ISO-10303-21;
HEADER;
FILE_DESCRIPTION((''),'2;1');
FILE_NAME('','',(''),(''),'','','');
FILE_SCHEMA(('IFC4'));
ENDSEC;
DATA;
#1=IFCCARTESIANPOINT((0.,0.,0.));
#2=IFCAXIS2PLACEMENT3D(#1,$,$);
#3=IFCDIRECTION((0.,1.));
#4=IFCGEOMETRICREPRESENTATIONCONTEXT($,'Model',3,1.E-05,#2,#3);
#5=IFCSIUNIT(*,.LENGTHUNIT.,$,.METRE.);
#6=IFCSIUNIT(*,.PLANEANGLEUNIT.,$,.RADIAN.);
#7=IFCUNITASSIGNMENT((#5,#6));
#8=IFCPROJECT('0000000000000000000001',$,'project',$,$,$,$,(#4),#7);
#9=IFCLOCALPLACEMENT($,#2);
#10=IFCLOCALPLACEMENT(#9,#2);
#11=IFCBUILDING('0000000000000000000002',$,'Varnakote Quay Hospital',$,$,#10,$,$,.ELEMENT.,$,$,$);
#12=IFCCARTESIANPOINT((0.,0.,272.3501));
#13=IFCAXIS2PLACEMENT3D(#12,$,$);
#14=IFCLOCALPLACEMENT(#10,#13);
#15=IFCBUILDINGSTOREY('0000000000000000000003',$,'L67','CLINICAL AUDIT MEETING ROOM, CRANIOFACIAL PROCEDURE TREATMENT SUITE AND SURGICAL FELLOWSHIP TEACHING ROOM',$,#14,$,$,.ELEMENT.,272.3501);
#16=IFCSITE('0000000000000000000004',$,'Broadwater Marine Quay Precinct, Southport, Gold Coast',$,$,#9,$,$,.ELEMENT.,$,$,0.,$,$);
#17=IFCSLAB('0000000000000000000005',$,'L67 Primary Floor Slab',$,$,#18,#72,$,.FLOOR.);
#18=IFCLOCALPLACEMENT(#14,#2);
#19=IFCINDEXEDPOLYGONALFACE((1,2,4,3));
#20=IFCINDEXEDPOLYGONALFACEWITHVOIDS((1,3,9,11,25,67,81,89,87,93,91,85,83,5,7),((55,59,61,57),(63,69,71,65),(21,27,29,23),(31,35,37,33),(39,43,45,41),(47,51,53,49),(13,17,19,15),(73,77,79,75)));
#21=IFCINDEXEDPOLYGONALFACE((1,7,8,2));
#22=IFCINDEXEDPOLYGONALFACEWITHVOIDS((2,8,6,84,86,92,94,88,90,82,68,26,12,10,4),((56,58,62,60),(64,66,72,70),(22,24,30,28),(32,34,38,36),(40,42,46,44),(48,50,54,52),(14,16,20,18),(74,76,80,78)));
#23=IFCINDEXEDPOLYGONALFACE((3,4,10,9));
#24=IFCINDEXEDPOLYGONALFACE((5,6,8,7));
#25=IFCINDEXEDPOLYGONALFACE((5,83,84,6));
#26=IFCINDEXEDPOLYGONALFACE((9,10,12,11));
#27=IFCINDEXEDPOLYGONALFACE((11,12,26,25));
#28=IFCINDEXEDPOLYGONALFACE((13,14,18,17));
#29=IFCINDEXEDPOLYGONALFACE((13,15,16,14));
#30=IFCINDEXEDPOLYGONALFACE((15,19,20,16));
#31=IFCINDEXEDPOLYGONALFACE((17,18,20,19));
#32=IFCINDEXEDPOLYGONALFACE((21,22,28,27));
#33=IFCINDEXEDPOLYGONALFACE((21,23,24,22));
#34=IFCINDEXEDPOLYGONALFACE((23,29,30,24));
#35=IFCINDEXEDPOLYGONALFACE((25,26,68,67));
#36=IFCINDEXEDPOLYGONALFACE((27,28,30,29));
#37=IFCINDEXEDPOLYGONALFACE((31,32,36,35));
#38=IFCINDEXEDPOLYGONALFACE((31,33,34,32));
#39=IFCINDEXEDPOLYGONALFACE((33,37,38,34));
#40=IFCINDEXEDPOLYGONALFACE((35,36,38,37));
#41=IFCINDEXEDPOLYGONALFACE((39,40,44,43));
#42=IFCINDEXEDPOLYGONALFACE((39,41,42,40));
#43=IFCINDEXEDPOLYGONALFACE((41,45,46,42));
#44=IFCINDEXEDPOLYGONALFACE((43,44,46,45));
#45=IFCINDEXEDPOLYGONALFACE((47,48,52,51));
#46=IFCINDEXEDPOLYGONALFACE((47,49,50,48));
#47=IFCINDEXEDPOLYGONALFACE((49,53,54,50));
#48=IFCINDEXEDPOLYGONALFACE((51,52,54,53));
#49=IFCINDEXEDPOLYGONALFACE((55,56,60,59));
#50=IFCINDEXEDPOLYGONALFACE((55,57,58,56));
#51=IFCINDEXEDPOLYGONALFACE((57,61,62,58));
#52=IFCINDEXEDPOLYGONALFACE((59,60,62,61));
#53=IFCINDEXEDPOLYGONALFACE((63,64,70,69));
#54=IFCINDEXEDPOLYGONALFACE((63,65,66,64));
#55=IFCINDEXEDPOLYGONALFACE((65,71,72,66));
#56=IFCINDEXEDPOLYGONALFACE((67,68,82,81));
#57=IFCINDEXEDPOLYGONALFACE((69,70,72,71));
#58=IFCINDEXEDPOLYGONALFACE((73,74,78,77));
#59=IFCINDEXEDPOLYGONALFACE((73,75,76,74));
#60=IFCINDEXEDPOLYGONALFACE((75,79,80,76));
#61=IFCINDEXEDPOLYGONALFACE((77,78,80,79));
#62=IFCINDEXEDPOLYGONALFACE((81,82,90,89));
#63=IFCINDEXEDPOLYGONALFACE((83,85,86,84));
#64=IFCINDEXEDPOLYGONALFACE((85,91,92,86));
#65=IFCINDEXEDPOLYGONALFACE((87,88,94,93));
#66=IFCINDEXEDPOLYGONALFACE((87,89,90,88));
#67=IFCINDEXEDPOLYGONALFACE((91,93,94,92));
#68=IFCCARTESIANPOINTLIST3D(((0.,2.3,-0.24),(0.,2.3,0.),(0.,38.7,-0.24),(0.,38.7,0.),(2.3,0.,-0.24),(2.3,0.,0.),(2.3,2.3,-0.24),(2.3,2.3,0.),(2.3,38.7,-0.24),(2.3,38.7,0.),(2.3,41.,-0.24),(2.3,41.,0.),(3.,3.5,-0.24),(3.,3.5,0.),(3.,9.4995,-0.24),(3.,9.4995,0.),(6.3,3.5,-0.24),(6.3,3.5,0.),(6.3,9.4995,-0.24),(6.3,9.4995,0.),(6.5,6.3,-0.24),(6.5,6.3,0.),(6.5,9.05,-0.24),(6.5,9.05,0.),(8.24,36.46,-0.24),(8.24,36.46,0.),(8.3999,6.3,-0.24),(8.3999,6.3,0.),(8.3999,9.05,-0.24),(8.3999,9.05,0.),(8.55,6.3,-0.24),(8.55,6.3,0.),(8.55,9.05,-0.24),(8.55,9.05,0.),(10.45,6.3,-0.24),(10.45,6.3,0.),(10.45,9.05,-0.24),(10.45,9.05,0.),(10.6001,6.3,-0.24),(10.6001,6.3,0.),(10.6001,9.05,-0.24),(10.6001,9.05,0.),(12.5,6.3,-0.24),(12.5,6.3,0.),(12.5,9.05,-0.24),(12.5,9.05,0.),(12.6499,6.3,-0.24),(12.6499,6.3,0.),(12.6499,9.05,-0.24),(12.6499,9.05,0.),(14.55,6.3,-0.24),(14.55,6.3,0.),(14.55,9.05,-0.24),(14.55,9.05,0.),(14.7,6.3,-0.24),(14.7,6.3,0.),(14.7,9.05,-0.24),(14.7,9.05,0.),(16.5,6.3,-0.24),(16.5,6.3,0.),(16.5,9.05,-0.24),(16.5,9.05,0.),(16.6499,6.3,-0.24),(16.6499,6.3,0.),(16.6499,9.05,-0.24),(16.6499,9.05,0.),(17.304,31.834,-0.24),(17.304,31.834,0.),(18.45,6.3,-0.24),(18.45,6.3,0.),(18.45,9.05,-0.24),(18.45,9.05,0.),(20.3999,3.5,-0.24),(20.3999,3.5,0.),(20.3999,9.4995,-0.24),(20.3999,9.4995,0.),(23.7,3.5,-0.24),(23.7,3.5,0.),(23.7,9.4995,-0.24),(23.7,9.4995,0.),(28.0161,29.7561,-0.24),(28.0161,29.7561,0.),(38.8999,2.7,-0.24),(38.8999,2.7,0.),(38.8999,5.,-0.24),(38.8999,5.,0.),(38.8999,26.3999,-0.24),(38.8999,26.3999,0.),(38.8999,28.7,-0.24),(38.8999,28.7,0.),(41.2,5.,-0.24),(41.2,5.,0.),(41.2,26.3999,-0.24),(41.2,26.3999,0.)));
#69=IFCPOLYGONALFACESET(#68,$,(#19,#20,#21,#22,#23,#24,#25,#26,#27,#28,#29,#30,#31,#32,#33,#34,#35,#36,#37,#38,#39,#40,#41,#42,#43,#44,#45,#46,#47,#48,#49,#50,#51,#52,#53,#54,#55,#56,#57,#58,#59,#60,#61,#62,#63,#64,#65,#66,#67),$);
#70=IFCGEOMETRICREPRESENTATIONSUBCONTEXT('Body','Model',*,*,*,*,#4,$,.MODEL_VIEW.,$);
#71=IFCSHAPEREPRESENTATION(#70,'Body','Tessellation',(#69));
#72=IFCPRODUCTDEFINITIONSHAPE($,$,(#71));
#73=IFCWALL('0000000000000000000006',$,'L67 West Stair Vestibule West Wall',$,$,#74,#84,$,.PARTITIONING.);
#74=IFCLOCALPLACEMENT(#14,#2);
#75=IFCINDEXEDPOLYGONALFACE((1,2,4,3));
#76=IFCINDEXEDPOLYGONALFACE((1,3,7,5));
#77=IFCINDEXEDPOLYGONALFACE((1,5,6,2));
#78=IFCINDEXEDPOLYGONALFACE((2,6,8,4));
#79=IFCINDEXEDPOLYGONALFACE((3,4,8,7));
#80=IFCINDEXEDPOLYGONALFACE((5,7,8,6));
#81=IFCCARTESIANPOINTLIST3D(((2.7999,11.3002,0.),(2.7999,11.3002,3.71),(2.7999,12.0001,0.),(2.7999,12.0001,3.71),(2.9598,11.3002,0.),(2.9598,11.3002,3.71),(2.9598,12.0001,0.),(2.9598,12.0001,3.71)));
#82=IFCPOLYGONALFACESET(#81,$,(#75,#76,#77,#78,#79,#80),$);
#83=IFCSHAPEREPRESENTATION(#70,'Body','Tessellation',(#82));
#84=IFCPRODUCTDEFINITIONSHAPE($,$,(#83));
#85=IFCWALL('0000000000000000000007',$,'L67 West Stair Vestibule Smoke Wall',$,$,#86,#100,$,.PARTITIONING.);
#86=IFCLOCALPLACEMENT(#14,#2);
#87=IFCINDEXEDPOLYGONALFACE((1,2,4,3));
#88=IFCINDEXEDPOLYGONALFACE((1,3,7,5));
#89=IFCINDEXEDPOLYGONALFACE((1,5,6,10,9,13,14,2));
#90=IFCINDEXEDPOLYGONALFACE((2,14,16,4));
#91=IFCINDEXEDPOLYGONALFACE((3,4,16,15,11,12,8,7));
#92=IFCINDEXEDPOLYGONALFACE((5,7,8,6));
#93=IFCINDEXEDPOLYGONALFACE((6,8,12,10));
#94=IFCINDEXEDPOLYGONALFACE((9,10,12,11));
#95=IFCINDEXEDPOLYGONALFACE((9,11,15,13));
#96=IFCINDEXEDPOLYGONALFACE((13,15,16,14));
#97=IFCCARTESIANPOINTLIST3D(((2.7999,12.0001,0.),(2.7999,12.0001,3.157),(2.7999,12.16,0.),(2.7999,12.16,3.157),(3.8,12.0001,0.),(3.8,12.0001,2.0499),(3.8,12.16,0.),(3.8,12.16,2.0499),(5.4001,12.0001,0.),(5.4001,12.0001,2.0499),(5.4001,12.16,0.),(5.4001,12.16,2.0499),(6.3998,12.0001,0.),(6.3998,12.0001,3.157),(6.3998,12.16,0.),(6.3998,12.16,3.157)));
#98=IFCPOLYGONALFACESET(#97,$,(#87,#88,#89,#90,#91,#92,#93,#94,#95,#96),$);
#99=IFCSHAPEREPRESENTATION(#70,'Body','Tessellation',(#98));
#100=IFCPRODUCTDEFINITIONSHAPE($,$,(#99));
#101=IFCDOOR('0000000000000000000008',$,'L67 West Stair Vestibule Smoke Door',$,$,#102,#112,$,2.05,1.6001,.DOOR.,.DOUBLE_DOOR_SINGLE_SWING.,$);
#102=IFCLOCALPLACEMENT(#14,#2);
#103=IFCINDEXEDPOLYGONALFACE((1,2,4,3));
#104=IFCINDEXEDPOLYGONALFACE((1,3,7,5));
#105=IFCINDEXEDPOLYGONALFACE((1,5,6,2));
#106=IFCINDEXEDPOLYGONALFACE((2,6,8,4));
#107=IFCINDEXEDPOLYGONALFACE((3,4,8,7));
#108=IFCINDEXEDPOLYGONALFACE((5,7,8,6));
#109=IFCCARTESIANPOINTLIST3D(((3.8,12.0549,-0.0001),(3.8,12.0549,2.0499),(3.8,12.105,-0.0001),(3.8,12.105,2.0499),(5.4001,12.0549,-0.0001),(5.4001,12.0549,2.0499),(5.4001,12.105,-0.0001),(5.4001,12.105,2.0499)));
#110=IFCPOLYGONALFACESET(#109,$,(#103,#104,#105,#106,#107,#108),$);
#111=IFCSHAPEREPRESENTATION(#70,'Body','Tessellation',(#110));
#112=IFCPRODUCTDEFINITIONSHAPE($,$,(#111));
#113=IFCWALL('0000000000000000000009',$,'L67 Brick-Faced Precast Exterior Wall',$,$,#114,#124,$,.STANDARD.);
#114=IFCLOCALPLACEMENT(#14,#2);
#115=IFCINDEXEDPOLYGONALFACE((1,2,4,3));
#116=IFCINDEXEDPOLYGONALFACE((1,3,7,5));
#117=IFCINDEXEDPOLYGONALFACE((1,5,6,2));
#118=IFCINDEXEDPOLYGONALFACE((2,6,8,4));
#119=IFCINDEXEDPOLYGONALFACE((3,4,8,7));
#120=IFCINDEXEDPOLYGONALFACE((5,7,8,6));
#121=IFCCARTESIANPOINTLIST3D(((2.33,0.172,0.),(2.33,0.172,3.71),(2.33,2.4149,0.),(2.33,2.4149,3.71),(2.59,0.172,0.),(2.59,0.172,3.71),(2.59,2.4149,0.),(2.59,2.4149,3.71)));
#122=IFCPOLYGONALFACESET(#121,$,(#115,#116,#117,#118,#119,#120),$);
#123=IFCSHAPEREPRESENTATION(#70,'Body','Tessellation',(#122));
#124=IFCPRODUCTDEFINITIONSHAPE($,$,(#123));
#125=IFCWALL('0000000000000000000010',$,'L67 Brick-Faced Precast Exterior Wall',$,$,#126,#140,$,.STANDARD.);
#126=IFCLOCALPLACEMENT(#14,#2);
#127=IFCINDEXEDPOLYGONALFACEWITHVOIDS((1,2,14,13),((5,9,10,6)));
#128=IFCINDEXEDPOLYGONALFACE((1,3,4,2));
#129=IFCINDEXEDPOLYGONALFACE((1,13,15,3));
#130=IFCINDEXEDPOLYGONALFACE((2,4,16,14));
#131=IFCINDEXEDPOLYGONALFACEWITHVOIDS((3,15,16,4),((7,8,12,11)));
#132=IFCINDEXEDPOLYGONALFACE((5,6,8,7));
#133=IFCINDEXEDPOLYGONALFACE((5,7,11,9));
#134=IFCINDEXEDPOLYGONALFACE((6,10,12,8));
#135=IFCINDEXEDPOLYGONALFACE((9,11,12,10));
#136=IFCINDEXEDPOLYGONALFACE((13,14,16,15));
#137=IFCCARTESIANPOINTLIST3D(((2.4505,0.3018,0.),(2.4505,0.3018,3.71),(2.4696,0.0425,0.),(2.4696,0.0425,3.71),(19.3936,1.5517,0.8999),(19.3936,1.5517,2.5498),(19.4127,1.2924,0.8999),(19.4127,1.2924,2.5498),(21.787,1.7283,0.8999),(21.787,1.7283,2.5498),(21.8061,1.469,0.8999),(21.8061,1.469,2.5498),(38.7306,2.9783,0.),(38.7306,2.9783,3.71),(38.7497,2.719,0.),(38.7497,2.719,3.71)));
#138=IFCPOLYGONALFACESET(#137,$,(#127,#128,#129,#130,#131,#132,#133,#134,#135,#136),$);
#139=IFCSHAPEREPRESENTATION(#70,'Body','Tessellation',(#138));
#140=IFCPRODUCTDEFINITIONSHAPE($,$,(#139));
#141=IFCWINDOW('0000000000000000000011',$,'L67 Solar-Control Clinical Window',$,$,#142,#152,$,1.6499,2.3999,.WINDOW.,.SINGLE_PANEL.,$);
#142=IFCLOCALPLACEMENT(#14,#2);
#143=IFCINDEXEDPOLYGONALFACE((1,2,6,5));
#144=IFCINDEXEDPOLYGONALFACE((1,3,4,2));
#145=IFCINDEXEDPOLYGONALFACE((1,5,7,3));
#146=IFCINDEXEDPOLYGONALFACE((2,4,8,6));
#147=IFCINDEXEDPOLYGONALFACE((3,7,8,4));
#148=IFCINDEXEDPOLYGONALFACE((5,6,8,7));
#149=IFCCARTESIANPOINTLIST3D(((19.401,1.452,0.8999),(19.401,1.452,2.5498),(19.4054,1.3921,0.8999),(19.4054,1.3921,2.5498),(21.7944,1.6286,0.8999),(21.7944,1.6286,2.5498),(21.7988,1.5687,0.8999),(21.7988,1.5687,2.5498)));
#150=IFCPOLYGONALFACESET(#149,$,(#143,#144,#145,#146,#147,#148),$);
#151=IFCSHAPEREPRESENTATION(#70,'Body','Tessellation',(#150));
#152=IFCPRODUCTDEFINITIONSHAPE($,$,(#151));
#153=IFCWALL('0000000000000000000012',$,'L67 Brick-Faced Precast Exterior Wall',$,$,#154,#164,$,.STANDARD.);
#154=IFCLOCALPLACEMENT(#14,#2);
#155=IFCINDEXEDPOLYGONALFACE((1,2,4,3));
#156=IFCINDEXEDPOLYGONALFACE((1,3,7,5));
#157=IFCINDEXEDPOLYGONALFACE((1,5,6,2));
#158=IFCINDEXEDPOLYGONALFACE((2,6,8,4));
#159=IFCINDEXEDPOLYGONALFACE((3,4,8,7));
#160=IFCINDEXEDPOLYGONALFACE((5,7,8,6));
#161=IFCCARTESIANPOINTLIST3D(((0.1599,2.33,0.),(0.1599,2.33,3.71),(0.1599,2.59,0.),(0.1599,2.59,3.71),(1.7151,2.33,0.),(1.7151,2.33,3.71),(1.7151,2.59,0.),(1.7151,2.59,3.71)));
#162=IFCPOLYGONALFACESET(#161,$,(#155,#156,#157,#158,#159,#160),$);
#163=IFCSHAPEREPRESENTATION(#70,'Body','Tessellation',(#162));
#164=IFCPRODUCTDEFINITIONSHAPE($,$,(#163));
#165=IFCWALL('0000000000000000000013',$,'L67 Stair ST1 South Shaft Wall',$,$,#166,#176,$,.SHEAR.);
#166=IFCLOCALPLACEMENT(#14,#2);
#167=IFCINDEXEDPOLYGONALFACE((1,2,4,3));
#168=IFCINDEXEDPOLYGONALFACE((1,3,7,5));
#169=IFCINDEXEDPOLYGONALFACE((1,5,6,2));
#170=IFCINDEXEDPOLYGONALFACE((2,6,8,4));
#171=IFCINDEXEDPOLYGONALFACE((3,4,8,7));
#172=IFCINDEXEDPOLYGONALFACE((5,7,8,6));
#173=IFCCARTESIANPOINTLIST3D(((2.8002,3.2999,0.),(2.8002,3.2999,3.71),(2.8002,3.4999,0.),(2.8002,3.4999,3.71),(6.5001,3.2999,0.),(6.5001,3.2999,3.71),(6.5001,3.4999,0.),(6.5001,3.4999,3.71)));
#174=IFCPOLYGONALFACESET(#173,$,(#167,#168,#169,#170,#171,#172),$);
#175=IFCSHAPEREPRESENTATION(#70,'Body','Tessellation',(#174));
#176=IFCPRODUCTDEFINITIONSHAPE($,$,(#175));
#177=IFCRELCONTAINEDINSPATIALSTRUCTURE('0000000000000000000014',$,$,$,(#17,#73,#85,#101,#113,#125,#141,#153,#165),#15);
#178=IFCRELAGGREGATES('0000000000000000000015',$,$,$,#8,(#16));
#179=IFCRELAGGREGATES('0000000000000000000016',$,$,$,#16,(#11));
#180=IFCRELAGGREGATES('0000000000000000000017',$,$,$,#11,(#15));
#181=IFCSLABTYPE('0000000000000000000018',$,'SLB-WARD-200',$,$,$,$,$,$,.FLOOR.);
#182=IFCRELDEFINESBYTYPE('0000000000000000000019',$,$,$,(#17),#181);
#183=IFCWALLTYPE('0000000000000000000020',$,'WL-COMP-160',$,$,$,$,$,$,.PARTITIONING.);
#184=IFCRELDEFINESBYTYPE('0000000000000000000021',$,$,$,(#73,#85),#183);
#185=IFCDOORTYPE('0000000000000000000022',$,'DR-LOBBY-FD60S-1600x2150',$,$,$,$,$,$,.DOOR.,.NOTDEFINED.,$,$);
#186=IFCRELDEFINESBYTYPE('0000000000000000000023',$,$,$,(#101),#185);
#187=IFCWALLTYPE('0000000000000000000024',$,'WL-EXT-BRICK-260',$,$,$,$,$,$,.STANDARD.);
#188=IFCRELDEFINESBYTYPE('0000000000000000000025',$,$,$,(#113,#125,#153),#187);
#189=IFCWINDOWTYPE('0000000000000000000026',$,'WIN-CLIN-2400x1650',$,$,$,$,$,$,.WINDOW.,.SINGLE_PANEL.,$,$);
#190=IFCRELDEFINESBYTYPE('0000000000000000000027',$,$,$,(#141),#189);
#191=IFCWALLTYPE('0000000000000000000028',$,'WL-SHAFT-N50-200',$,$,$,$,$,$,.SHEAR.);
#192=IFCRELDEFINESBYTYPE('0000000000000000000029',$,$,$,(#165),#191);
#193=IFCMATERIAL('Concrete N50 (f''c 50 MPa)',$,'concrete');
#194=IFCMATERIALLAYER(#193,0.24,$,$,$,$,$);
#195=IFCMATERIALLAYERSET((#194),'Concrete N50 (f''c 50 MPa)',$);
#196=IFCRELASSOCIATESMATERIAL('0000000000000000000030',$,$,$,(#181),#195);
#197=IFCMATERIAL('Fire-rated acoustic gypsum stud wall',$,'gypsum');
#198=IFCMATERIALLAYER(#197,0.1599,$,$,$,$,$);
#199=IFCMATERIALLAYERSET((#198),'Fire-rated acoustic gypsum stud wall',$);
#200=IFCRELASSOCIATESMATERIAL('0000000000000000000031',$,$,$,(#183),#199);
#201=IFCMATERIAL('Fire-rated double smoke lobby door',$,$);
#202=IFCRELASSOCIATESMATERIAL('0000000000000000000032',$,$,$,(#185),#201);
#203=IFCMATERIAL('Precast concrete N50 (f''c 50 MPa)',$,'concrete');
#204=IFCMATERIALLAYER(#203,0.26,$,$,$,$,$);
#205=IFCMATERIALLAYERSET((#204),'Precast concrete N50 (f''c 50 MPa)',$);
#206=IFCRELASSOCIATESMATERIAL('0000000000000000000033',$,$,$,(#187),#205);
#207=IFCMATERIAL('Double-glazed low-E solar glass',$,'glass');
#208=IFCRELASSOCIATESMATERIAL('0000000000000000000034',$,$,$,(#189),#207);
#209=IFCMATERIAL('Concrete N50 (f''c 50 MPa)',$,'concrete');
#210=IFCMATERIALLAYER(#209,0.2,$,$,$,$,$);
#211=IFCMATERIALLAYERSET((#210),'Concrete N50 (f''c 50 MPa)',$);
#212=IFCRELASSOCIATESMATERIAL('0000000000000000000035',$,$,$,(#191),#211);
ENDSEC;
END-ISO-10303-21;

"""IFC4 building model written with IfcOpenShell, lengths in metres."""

from ifc_helpers import new_model, si_unit, direction, frame, frame_2d, origin, place, context, subcontext, project, spatial, polyline, rectangle, outline, extrude, material, layer, layer_set, type_object, element, fill, save


model = new_model("IFC4")

# Units and contexts
model_context = context("Model", 3, precision=1e-05, world=origin(), true_north=direction((0.0, 1.0)))
body_context = subcontext(model_context, "Body", "Model", "MODEL_VIEW")
ifc_project = project(units=[si_unit("LENGTHUNIT", "METRE"), si_unit("PLANEANGLEUNIT", "RADIAN")], contexts=[model_context])

# Site, building, storey
site_placement = place(None, origin())
site = spatial("IfcSite", under=ifc_project, at=site_placement, Name="Broadwater Marine Quay Precinct, Southport, Gold Coast", CompositionType="ELEMENT", RefElevation=0.0)
building_placement = place(site_placement, origin())
building = spatial("IfcBuilding", under=site, at=building_placement, Name="Varnakote Quay Hospital", CompositionType="ELEMENT")
storey_placement = place(building_placement, frame((0.0, 0.0, 272.3501)))
storey = spatial("IfcBuildingStorey", under=building, at=storey_placement, Name="L67", Description="CLINICAL AUDIT MEETING ROOM, CRANIOFACIAL PROCEDURE TREATMENT SUITE AND SURGICAL FELLOWSHIP TEACHING ROOM", CompositionType="ELEMENT", Elevation=272.3501)

# Slab
ifc_material_1 = material(Name="Concrete N50 (f'c 50 MPa)", Category="concrete")
ifc_layer_1 = layer(ifc_material_1, 0.24)
ifc_layer_set_1 = layer_set([ifc_layer_1], Name="Concrete N50 (f'c 50 MPa)")
slab_type_1 = type_object("IfcSlabType", Name="SLB-WARD-200", PredefinedType="FLOOR", material=ifc_layer_set_1)
slab_1_placement = place(storey_placement, frame((0.0, 0.0, -0.24)))
element("IfcSlab", 1, at=slab_1_placement, inside=storey, type_object=slab_type_1, Name="L67 Primary Floor Slab", PredefinedType="FLOOR", context=body_context, shape_type="SweptSolid", body=[
    extrude(outline(polyline([(0.0, 2.3), (2.3, 2.3), (2.3, 0.0), (38.8999, 2.7), (38.8999, 5.0), (41.2, 5.0), (41.2, 26.3999), (38.8999, 26.3999), (38.8999, 28.7), (28.0161, 29.7561), (17.304, 31.834), (8.24, 36.46), (2.3, 41.0), (2.3, 38.7), (0.0, 38.7), (0.0, 2.3)]), holes=[polyline([(3.0, 3.5), (6.3, 3.5), (6.3, 9.4995), (3.0, 9.4995), (3.0, 3.5)]), polyline([(20.3999, 3.5), (23.7, 3.5), (23.7, 9.4995), (20.3999, 9.4995), (20.3999, 3.5)]), polyline([(6.5, 6.3), (8.3999, 6.3), (8.3999, 9.05), (6.5, 9.05), (6.5, 6.3)]), polyline([(8.55, 6.3), (10.45, 6.3), (10.45, 9.05), (8.55, 9.05), (8.55, 6.3)]), polyline([(10.6001, 6.3), (12.5, 6.3), (12.5, 9.05), (10.6001, 9.05), (10.6001, 6.3)]), polyline([(12.6499, 6.3), (14.55, 6.3), (14.55, 9.05), (12.6499, 9.05), (12.6499, 6.3)]), polyline([(14.7, 6.3), (16.5, 6.3), (16.5, 9.05), (14.7, 9.05), (14.7, 6.3)]), polyline([(16.6499, 6.3), (18.45, 6.3), (18.45, 9.05), (16.6499, 9.05), (16.6499, 6.3)])]), origin(), (0.0, 0.0, 1.0), 0.24),
])

# Wall
ifc_material_2 = material(Name="Fire-rated acoustic gypsum stud wall", Category="gypsum")
ifc_layer_2 = layer(ifc_material_2, 0.1599)
ifc_layer_set_2 = layer_set([ifc_layer_2], Name="Fire-rated acoustic gypsum stud wall")
wall_type_1 = type_object("IfcWallType", Name="WL-COMP-160", PredefinedType="PARTITIONING", material=ifc_layer_set_2)
wall_1_placement = place(storey_placement, frame((2.8799, 11.3, 0.0), z_axis=(0.0, 0.0, 1.0), x_axis=(0.0, 1.0, 0.0)))
element("IfcWall", 2, at=wall_1_placement, inside=storey, type_object=wall_type_1, Name="L67 West Stair Vestibule West Wall", PredefinedType="PARTITIONING", context=body_context, shape_type="SweptSolid", body=[
    extrude(rectangle(XDim=0.7, YDim=0.1599, at=frame_2d((0.3501, 0.0))), origin(), (0.0, 0.0, 1.0), 3.71),
])

# Wall, opening, door
wall_2_placement = place(storey_placement, frame((2.8, 12.0801, 0.0), z_axis=(0.0, 0.0, 1.0), x_axis=(1.0, 0.0, 0.0)))
wall_2 = element("IfcWall", 3, at=wall_2_placement, inside=storey, type_object=wall_type_1, Name="L67 West Stair Vestibule Smoke Wall", PredefinedType="PARTITIONING", context=body_context, shape_type="SweptSolid", body=[
    extrude(rectangle(XDim=3.5999, YDim=0.1599, at=frame_2d((1.7998, 0.0))), origin(), (0.0, 0.0, 1.0), 3.157),
])
opening_1_placement = place(wall_2_placement, frame((1.0, 0.0, 0.0)))
opening_1 = element("IfcOpeningElement", 4, at=opening_1_placement, cuts=wall_2, PredefinedType="OPENING", context=body_context, shape_type="SweptSolid", body=[
    extrude(rectangle(XDim=1.6001, YDim=2.05, at=frame_2d((0.8, 1.0249))), frame((0.0, 0.0898, 0.0), z_axis=(0.0, -1.0, 0.0), x_axis=(1.0, 0.0, 0.0)), (0.0, 0.0, 1.0), 0.1799),
])
ifc_material_3 = material(Name="Fire-rated double smoke lobby door")
door_type_1 = type_object("IfcDoorType", Name="DR-LOBBY-FD60S-1600x2150", OperationType="NOTDEFINED", PredefinedType="DOOR", material=ifc_material_3)
door_1_placement = place(opening_1_placement, origin())
door_1 = element("IfcDoor", 5, at=door_1_placement, inside=storey, type_object=door_type_1, Name="L67 West Stair Vestibule Smoke Door", OperationType="DOUBLE_DOOR_SINGLE_SWING", OverallHeight=2.05, OverallWidth=1.6001, PredefinedType="DOOR", context=body_context, shape_type="SweptSolid", body=[
    extrude(rectangle(XDim=1.6001, YDim=2.05, at=frame_2d((0.8, 1.0249))), frame((0.0, 0.0249, 0.0), z_axis=(0.0, -1.0, 0.0), x_axis=(1.0, 0.0, 0.0)), (0.0, 0.0, 1.0), 0.05),
])
fill(opening_1, door_1)

# Wall
ifc_material_4 = material(Name="Precast concrete N50 (f'c 50 MPa)", Category="concrete")
ifc_layer_3 = layer(ifc_material_4, 0.26)
ifc_layer_set_3 = layer_set([ifc_layer_3], Name="Precast concrete N50 (f'c 50 MPa)")
wall_type_2 = type_object("IfcWallType", Name="WL-EXT-BRICK-260", PredefinedType="STANDARD", material=ifc_layer_set_3)
wall_3_placement = place(storey_placement, frame((2.46, 2.415, 0.0), z_axis=(0.0, 0.0, 1.0), x_axis=(0.0, -1.0, 0.0)))
element("IfcWall", 6, at=wall_3_placement, inside=storey, type_object=wall_type_2, Name="L67 Brick-Faced Precast Exterior Wall", PredefinedType="STANDARD", context=body_context, shape_type="SweptSolid", body=[
    extrude(rectangle(XDim=2.2429, YDim=0.26, at=frame_2d((1.1216, 0.0))), origin(), (0.0, 0.0, 1.0), 3.71),
])

# Wall, opening, window
wall_4_placement = place(storey_placement, frame((2.46, 0.1721, 0.0), z_axis=(0.0, 0.0, 1.0), x_axis=(0.99729, 0.073574, 0.0)))
wall_4 = element("IfcWall", 7, at=wall_4_placement, inside=storey, type_object=wall_type_2, Name="L67 Brick-Faced Precast Exterior Wall", PredefinedType="STANDARD", context=body_context, shape_type="SweptSolid", body=[
    extrude(rectangle(XDim=36.3787, YDim=0.26, at=frame_2d((18.1895, 0.0))), origin(), (0.0, 0.0, 1.0), 3.71),
])
opening_2_placement = place(wall_4_placement, frame((16.9893, 0.0, 0.8999)))
opening_2 = element("IfcOpeningElement", 8, at=opening_2_placement, cuts=wall_4, PredefinedType="OPENING", context=body_context, shape_type="SweptSolid", body=[
    extrude(rectangle(XDim=2.3999, YDim=1.6499, at=frame_2d((1.2, 0.825))), frame((0.0, 0.1399, 0.0), z_axis=(0.0, -1.0, 0.0), x_axis=(1.0, 0.0, 0.0)), (0.0, 0.0, 1.0), 0.28),
])
ifc_material_5 = material(Name="Double-glazed low-E solar glass", Category="glass")
window_type = type_object("IfcWindowType", Name="WIN-CLIN-2400x1650", PartitioningType="SINGLE_PANEL", PredefinedType="WINDOW", material=ifc_material_5)
window_placement = place(opening_2_placement, origin())
window = element("IfcWindow", 9, at=window_placement, inside=storey, type_object=window_type, Name="L67 Solar-Control Clinical Window", OverallHeight=1.6499, OverallWidth=2.3999, PartitioningType="SINGLE_PANEL", PredefinedType="WINDOW", context=body_context, shape_type="SweptSolid", body=[
    extrude(rectangle(XDim=2.3999, YDim=1.6499, at=frame_2d((1.2, 0.825))), frame((0.0, 0.03, 0.0), z_axis=(0.0, -1.0, 0.0), x_axis=(1.0, 0.0, 0.0)), (0.0, 0.0, 1.0), 0.0601),
])
fill(opening_2, window)

# Walls
wall_5_placement = place(storey_placement, frame((0.1599, 2.46, 0.0), z_axis=(0.0, 0.0, 1.0), x_axis=(1.0, 0.0, 0.0)))
element("IfcWall", 10, at=wall_5_placement, inside=storey, type_object=wall_type_2, Name="L67 Brick-Faced Precast Exterior Wall", PredefinedType="STANDARD", context=body_context, shape_type="SweptSolid", body=[
    extrude(rectangle(XDim=1.5552, YDim=0.26, at=frame_2d((0.7776, 0.0))), origin(), (0.0, 0.0, 1.0), 3.71),
])
ifc_material_6 = material(Name="Concrete N50 (f'c 50 MPa)", Category="concrete")
ifc_layer_4 = layer(ifc_material_6, 0.2)
ifc_layer_set_4 = layer_set([ifc_layer_4], Name="Concrete N50 (f'c 50 MPa)")
wall_type_3 = type_object("IfcWallType", Name="WL-SHAFT-N50-200", PredefinedType="SHEAR", material=ifc_layer_set_4)
wall_6_placement = place(storey_placement, frame((2.8, 3.3999, 0.0), z_axis=(0.0, 0.0, 1.0), x_axis=(1.0, 0.0, 0.0)))
element("IfcWall", 11, at=wall_6_placement, inside=storey, type_object=wall_type_3, Name="L67 Stair ST1 South Shaft Wall", PredefinedType="SHEAR", context=body_context, shape_type="SweptSolid", body=[
    extrude(rectangle(XDim=3.7, YDim=0.2, at=frame_2d((1.8501, 0.0))), origin(), (0.0, 0.0, 1.0), 3.71),
])

save(model, "model.ifc")
